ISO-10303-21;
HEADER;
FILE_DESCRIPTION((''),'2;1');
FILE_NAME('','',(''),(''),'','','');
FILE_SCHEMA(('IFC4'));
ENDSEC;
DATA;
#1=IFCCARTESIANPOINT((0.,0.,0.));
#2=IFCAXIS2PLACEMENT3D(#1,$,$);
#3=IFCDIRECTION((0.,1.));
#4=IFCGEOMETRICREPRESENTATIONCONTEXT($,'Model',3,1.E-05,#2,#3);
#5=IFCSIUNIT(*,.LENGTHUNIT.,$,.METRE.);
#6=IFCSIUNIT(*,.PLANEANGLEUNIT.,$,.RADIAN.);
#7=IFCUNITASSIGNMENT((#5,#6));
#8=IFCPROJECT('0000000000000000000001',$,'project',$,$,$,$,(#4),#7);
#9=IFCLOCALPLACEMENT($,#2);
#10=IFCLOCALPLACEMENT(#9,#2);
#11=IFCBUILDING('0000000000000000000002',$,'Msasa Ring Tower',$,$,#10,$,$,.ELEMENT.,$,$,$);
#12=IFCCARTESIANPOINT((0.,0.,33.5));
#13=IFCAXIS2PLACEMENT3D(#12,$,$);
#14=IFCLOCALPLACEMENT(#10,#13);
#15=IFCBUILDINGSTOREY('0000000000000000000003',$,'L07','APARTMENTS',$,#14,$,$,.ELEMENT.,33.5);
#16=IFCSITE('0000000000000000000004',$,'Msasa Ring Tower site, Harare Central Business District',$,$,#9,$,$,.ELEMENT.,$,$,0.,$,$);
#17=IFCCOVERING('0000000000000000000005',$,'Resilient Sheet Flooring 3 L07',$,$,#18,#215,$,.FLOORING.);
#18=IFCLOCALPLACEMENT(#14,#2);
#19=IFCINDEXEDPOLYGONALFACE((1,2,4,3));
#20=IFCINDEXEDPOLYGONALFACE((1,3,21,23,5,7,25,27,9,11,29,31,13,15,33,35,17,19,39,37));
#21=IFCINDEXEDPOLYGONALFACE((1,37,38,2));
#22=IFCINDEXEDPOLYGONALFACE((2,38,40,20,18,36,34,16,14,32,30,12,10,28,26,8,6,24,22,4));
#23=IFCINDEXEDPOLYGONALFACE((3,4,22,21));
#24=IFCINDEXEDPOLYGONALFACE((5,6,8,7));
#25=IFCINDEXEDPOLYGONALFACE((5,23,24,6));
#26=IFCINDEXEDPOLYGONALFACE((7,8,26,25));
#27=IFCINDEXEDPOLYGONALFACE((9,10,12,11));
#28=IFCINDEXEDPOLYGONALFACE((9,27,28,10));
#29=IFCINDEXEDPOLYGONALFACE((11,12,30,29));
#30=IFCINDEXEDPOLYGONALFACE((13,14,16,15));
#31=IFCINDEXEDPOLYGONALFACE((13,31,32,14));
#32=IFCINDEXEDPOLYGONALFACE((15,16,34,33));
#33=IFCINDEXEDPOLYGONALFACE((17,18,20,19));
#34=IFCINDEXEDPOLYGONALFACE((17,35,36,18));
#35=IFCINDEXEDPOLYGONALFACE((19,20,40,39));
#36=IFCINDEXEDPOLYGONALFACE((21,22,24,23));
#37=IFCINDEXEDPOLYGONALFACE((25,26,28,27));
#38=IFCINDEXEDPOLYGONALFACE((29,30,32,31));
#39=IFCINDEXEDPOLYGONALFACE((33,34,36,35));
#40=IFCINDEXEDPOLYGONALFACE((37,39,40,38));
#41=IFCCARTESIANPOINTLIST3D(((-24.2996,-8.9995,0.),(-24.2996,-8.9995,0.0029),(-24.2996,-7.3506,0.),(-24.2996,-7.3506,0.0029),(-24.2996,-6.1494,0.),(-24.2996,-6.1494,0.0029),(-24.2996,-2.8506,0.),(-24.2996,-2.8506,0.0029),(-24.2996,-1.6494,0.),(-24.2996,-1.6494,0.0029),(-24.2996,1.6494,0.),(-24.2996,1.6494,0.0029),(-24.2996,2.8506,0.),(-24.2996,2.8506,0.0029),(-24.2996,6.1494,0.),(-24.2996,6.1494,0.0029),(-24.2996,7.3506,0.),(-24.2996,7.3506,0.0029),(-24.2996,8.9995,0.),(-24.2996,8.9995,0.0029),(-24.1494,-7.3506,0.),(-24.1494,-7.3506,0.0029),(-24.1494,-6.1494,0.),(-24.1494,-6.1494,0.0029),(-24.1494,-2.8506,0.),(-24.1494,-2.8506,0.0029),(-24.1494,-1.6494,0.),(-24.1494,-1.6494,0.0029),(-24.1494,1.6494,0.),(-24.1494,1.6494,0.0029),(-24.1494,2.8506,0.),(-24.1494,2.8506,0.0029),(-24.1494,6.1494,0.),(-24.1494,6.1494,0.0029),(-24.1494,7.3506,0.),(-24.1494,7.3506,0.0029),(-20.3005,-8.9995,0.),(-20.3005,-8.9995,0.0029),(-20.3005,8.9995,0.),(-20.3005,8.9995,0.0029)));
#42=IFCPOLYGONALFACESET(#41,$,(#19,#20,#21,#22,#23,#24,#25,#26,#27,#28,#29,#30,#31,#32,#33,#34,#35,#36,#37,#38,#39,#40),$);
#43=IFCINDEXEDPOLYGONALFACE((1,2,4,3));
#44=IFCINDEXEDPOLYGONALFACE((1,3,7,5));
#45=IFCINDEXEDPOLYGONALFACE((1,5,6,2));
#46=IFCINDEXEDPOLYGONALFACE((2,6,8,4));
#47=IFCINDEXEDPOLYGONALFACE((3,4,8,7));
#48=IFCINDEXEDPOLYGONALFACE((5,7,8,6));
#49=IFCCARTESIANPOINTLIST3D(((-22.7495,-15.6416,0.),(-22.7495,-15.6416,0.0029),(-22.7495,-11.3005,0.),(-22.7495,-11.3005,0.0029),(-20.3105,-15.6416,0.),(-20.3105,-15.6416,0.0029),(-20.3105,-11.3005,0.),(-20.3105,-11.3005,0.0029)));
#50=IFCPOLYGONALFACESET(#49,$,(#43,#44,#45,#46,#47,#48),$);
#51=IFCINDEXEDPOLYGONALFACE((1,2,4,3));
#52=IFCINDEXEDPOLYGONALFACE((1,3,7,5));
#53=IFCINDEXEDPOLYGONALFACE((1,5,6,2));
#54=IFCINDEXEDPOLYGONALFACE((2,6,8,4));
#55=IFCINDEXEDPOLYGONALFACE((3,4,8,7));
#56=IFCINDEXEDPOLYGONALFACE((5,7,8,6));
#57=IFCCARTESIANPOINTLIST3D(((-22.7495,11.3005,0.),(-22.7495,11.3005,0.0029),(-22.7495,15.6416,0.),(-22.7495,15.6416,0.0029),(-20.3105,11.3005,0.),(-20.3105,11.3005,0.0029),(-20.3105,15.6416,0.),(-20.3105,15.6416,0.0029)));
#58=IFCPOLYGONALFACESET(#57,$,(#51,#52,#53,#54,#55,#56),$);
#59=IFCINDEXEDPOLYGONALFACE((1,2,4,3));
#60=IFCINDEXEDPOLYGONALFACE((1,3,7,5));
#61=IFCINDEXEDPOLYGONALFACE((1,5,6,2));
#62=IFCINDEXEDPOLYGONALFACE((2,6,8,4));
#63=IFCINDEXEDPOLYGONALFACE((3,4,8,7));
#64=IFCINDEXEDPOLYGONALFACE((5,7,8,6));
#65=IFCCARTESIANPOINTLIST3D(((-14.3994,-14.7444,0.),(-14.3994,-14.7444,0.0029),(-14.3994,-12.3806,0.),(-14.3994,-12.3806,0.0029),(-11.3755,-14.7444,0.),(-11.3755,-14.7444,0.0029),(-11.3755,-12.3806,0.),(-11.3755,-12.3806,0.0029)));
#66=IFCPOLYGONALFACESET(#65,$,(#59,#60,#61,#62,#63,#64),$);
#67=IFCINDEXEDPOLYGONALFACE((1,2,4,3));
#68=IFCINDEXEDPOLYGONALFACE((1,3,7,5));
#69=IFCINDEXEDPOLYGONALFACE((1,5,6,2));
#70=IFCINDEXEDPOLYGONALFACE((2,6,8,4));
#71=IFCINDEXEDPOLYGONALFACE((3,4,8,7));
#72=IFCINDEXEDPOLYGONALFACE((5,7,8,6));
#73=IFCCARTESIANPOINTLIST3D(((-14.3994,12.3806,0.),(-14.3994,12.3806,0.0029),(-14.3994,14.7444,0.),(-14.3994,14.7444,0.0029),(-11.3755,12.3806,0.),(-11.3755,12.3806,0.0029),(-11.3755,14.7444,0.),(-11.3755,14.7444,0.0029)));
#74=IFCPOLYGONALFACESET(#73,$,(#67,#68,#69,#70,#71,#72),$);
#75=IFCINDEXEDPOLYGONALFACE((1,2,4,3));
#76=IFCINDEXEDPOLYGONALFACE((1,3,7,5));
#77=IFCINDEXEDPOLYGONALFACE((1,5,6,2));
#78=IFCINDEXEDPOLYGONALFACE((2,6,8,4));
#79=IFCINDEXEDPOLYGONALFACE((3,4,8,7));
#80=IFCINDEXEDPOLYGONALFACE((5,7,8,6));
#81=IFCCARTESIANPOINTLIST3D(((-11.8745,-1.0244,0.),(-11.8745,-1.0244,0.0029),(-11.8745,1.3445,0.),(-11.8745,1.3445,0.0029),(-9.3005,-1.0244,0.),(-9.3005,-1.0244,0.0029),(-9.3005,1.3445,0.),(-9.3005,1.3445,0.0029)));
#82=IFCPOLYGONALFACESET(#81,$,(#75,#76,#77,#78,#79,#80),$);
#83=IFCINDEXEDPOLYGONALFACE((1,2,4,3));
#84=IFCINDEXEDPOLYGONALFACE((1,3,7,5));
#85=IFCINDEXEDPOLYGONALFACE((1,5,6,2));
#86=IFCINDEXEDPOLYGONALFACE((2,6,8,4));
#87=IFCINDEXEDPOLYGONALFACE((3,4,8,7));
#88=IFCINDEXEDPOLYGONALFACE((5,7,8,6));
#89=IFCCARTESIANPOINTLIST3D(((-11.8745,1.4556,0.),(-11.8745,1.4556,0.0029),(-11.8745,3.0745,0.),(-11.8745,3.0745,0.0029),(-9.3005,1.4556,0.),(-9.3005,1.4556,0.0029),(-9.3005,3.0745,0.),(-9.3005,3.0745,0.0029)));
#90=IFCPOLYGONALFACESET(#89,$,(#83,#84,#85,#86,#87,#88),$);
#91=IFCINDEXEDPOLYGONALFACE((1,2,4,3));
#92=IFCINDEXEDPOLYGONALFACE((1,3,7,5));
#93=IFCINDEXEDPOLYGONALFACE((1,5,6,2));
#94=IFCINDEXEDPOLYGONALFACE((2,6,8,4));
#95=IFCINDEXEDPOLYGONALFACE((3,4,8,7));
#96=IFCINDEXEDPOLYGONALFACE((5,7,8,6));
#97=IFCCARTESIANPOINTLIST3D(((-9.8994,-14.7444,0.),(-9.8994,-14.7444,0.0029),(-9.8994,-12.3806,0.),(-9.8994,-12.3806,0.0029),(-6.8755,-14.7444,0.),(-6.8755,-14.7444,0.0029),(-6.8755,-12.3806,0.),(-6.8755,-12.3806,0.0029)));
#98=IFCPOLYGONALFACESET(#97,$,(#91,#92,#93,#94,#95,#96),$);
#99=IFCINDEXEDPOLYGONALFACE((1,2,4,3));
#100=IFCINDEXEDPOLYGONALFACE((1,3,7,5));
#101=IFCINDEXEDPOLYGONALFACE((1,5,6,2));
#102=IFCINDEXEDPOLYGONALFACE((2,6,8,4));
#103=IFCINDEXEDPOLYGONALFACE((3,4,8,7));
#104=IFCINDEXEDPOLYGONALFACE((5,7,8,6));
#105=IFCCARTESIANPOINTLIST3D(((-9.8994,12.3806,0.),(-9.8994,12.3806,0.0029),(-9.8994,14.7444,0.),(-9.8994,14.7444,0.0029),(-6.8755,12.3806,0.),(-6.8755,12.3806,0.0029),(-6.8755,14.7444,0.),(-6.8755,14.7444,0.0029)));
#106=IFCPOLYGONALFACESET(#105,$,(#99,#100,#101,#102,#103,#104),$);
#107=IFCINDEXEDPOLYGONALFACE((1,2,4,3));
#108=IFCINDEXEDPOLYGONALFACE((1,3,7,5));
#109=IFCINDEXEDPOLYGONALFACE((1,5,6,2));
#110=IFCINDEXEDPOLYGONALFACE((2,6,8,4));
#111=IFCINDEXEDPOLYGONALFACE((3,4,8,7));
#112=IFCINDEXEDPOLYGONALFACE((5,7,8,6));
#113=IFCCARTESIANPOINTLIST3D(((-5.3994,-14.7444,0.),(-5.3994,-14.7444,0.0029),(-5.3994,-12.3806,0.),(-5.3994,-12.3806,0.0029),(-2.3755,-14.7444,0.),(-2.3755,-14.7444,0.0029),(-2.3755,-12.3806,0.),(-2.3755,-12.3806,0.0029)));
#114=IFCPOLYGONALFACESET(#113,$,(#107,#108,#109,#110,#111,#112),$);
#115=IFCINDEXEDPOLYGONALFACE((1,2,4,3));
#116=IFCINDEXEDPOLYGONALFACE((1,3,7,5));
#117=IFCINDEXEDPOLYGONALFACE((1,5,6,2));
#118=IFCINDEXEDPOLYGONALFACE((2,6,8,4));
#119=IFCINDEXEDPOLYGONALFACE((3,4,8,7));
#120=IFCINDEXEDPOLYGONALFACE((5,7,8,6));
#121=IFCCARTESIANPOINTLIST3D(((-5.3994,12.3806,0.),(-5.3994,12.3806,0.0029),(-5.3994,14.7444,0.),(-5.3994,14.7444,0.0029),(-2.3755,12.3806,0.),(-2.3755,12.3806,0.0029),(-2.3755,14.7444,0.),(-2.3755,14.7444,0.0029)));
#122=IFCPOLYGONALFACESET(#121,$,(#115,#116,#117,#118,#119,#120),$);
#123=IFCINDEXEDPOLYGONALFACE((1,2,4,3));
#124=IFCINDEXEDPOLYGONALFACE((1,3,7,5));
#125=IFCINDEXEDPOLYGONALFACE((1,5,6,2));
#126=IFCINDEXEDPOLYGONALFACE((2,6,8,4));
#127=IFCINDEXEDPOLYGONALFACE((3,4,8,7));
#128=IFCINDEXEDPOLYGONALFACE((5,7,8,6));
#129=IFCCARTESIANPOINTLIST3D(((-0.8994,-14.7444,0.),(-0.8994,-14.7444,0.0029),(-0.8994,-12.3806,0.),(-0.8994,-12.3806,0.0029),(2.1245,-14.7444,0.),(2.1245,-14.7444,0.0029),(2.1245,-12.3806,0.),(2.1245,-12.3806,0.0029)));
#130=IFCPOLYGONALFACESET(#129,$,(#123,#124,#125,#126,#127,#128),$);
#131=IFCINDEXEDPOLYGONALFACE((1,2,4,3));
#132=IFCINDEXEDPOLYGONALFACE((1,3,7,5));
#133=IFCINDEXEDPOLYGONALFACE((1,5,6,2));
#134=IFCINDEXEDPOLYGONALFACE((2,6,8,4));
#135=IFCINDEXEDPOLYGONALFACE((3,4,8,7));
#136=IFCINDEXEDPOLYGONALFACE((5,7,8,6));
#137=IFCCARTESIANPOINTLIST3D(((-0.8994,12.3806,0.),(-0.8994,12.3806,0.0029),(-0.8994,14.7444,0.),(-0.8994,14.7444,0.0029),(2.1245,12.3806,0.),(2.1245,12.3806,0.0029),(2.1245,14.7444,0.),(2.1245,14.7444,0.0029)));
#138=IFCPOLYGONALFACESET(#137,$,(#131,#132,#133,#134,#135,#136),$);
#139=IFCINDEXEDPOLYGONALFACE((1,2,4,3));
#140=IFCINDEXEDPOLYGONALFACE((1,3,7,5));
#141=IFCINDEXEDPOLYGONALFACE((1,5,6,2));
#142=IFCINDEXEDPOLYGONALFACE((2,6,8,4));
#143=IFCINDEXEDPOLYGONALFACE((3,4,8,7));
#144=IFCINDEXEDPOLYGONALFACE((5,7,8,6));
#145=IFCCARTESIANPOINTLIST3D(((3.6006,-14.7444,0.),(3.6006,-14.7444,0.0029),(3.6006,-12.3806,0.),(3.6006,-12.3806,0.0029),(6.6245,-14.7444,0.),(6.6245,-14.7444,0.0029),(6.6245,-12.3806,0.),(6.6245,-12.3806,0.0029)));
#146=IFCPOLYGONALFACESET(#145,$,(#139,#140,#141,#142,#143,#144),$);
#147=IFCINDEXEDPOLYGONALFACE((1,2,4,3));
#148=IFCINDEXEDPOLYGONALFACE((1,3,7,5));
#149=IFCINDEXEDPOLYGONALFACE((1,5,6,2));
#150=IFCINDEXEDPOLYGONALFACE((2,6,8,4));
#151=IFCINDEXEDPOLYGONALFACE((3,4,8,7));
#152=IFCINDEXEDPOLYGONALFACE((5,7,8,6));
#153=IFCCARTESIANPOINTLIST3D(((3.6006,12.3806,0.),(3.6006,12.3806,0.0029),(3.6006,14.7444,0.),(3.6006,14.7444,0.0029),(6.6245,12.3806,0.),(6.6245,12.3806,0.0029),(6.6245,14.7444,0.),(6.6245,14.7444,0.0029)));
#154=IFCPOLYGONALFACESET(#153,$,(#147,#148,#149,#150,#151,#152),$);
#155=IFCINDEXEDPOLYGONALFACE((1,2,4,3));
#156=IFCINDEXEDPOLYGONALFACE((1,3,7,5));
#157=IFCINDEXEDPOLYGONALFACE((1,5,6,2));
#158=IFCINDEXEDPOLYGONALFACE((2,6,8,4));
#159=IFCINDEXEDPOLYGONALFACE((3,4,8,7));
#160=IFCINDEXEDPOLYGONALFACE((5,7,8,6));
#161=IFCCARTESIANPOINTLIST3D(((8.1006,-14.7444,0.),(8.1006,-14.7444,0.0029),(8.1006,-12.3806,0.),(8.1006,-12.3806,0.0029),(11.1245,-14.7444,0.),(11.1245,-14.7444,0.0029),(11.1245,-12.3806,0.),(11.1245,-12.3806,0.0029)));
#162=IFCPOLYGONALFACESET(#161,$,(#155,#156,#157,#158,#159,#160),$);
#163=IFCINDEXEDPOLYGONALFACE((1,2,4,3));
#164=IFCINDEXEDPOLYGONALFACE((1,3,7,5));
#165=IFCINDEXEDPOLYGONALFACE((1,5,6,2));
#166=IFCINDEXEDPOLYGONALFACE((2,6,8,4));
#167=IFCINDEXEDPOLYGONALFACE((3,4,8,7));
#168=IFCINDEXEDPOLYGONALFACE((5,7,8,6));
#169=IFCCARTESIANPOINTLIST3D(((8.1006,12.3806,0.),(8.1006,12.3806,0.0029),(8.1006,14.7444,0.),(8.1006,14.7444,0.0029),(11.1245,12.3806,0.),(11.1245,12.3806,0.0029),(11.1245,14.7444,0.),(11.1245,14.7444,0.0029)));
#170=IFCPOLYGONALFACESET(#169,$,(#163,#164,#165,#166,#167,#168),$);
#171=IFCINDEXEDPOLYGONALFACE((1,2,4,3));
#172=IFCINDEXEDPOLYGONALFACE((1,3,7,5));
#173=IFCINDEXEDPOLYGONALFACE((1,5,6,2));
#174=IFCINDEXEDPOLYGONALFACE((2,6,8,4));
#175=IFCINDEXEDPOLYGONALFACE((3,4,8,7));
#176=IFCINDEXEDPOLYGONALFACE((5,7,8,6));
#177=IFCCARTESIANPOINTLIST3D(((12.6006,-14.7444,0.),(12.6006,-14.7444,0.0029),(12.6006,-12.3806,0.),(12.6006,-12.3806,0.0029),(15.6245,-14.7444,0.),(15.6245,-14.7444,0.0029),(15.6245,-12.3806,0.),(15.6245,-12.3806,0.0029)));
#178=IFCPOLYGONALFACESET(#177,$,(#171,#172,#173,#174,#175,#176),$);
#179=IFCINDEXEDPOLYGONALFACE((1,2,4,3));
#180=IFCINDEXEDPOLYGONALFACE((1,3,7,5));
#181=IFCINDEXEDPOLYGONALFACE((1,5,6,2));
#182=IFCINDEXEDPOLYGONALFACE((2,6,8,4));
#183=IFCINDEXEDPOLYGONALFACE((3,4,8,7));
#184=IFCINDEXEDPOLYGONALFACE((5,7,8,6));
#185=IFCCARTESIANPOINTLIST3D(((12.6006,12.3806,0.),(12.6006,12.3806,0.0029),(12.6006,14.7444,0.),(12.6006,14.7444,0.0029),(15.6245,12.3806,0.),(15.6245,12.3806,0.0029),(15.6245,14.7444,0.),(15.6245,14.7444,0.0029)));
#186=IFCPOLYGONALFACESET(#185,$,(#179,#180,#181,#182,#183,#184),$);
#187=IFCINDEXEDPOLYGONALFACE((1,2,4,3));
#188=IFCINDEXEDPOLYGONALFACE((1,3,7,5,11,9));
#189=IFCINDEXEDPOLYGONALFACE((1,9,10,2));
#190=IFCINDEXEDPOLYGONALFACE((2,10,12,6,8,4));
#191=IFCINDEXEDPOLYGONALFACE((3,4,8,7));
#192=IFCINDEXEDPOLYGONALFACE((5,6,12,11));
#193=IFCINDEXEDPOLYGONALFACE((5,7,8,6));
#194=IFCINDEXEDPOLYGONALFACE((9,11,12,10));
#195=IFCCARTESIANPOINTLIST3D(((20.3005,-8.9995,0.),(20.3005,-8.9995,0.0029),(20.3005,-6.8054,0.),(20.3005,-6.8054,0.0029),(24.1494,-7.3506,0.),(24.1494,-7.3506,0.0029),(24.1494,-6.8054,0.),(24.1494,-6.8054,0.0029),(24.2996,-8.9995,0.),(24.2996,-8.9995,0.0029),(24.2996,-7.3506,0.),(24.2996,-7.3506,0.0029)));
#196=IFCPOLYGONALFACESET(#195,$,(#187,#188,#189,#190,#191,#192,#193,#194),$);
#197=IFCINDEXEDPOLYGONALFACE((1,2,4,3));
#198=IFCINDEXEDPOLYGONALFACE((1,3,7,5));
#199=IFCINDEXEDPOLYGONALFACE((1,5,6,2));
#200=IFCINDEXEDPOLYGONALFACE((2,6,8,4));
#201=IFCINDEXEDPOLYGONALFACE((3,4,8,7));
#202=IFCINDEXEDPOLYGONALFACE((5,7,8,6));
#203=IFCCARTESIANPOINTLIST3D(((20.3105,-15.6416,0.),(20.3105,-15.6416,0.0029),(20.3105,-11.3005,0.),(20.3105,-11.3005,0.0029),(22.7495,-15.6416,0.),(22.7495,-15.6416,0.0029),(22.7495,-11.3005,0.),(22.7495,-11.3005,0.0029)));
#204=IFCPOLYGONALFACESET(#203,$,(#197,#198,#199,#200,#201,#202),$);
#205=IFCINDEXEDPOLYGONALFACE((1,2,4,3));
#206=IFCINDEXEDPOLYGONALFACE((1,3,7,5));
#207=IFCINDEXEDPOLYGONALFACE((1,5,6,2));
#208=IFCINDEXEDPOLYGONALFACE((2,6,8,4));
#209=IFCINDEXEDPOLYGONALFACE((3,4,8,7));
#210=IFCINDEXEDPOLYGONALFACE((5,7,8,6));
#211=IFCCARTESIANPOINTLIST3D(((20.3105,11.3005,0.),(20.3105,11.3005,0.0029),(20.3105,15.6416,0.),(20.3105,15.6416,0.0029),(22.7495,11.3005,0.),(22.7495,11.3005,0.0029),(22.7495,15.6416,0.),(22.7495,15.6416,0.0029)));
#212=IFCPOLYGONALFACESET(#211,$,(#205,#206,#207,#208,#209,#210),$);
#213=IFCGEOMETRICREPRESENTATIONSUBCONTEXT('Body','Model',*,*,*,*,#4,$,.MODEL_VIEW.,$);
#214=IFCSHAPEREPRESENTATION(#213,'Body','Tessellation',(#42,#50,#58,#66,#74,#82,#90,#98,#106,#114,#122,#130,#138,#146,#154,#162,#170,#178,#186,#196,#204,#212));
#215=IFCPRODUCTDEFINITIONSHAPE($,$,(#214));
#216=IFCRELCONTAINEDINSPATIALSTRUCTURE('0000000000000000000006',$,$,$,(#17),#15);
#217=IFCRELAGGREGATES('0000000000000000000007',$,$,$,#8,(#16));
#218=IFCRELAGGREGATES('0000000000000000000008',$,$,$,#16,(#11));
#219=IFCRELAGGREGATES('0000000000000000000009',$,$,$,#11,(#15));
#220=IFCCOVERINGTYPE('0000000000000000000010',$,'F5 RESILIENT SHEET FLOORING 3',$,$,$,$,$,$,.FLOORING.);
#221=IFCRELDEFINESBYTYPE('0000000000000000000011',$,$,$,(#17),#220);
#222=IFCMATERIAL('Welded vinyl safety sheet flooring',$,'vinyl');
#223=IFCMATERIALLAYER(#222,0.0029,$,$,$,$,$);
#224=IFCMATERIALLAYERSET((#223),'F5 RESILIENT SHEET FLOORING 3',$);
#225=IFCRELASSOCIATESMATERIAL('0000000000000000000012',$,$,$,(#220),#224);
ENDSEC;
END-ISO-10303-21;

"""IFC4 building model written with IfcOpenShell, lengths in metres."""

from ifc_helpers import new_model, si_unit, direction, frame, origin, place, context, subcontext, project, spatial, line, indexed_curve, outline, extrude, material, layer, layer_set, type_object, element, save


model = new_model("IFC4")

# Units and contexts
model_context = context("Model", 3, precision=1e-05, world=origin(), true_north=direction((0.0, 1.0)))
body_context = subcontext(model_context, "Body", "Model", "MODEL_VIEW")
ifc_project = project(units=[si_unit("LENGTHUNIT", "METRE"), si_unit("PLANEANGLEUNIT", "RADIAN")], contexts=[model_context])

# Site, building, storey
site_placement = place(None, origin())
site = spatial("IfcSite", under=ifc_project, at=site_placement, Name="Msasa Ring Tower site, Harare Central Business District", CompositionType="ELEMENT", RefElevation=0.0)
building_placement = place(site_placement, origin())
building = spatial("IfcBuilding", under=site, at=building_placement, Name="Msasa Ring Tower", CompositionType="ELEMENT")
storey_placement = place(building_placement, frame((0.0, 0.0, 33.5)))
storey = spatial("IfcBuildingStorey", under=building, at=storey_placement, Name="L07", Description="APARTMENTS", CompositionType="ELEMENT", Elevation=33.5)

# Covering
ifc_material_1 = material(Name="Welded vinyl safety sheet flooring", Category="vinyl")
ifc_layer_1 = layer(ifc_material_1, 0.0029)
ifc_layer_set_1 = layer_set([ifc_layer_1], Name="F5 RESILIENT SHEET FLOORING 3")
covering_type_1 = type_object("IfcCoveringType", Name="F5 RESILIENT SHEET FLOORING 3", PredefinedType="FLOORING", material=ifc_layer_set_1)
covering_1_placement = place(storey_placement, origin())
element("IfcCovering", 1, at=covering_1_placement, inside=storey, type_object=covering_type_1, Name="Resilient Sheet Flooring 3 L07", PredefinedType="FLOORING", context=body_context, shape_type="SweptSolid", body=[
    extrude(outline(indexed_curve([(-24.2996, -7.3506), (-24.1494, -7.3506), (-24.1494, -6.1494), (-24.2996, -6.1494), (-24.2996, -2.8506), (-24.1494, -2.8506), (-24.1494, -1.6494), (-24.2996, -1.6494), (-24.2996, 1.6494), (-24.1494, 1.6494), (-24.1494, 2.8506), (-24.2996, 2.8506), (-24.2996, 6.1494), (-24.1494, 6.1494), (-24.1494, 7.3506), (-24.2996, 7.3506), (-24.2996, 8.9995), (-20.3005, 8.9995), (-20.3005, -8.9995), (-24.2996, -8.9995)], segments=[line(1, 2, 3, 4, 5, 6, 7, 8, 9, 10, 11, 12, 13, 14, 15, 16, 17, 18, 19, 20, 1)], self_intersect=False)), origin(), (0.0, 0.0, 1.0), 0.0029),
    extrude(outline(indexed_curve([(-20.3105, -15.6416), (-22.7495, -15.6416), (-22.7495, -11.3005), (-20.3105, -11.3005)], segments=[line(1, 2, 3, 4, 1)], self_intersect=False)), origin(), (0.0, 0.0, 1.0), 0.0029),
    extrude(outline(indexed_curve([(-20.3105, 11.3005), (-22.7495, 11.3005), (-22.7495, 15.6416), (-20.3105, 15.6416)], segments=[line(1, 2, 3, 4, 1)], self_intersect=False)), origin(), (0.0, 0.0, 1.0), 0.0029),
    extrude(outline(indexed_curve([(-11.3755, -12.3806), (-11.3755, -14.7444), (-14.3994, -14.7444), (-14.3994, -12.3806)], segments=[line(1, 2, 3, 4, 1)], self_intersect=False)), origin(), (0.0, 0.0, 1.0), 0.0029),
    extrude(outline(indexed_curve([(-11.3755, 14.7444), (-11.3755, 12.3806), (-14.3994, 12.3806), (-14.3994, 14.7444)], segments=[line(1, 2, 3, 4, 1)], self_intersect=False)), origin(), (0.0, 0.0, 1.0), 0.0029),
    extrude(outline(indexed_curve([(-9.3005, 1.3445), (-9.3005, -1.0244), (-11.8745, -1.0244), (-11.8745, 1.3445)], segments=[line(1, 2, 3, 4, 1)], self_intersect=False)), origin(), (0.0, 0.0, 1.0), 0.0029),
    extrude(outline(indexed_curve([(-9.3005, 1.4556), (-11.8745, 1.4556), (-11.8745, 3.0745), (-9.3005, 3.0745)], segments=[line(1, 2, 3, 4, 1)], self_intersect=False)), origin(), (0.0, 0.0, 1.0), 0.0029),
    extrude(outline(indexed_curve([(-6.8755, -12.3806), (-6.8755, -14.7444), (-9.8994, -14.7444), (-9.8994, -12.3806)], segments=[line(1, 2, 3, 4, 1)], self_intersect=False)), origin(), (0.0, 0.0, 1.0), 0.0029),
    extrude(outline(indexed_curve([(-9.8994, 12.3806), (-9.8994, 14.7444), (-6.8755, 14.7444), (-6.8755, 12.3806)], segments=[line(1, 2, 3, 4, 1)], self_intersect=False)), origin(), (0.0, 0.0, 1.0), 0.0029),
    extrude(outline(indexed_curve([(-2.3755, -12.3806), (-2.3755, -14.7444), (-5.3994, -14.7444), (-5.3994, -12.3806)], segments=[line(1, 2, 3, 4, 1)], self_intersect=False)), origin(), (0.0, 0.0, 1.0), 0.0029),
    extrude(outline(indexed_curve([(-5.3994, 12.3806), (-5.3994, 14.7444), (-2.3755, 14.7444), (-2.3755, 12.3806)], segments=[line(1, 2, 3, 4, 1)], self_intersect=False)), origin(), (0.0, 0.0, 1.0), 0.0029),
    extrude(outline(indexed_curve([(2.1245, -12.3806), (2.1245, -14.7444), (-0.8994, -14.7444), (-0.8994, -12.3806)], segments=[line(1, 2, 3, 4, 1)], self_intersect=False)), origin(), (0.0, 0.0, 1.0), 0.0029),
    extrude(outline(indexed_curve([(-0.8994, 12.3806), (-0.8994, 14.7444), (2.1245, 14.7444), (2.1245, 12.3806)], segments=[line(1, 2, 3, 4, 1)], self_intersect=False)), origin(), (0.0, 0.0, 1.0), 0.0029),
    extrude(outline(indexed_curve([(6.6245, -12.3806), (6.6245, -14.7444), (3.6006, -14.7444), (3.6006, -12.3806)], segments=[line(1, 2, 3, 4, 1)], self_intersect=False)), origin(), (0.0, 0.0, 1.0), 0.0029),
    extrude(outline(indexed_curve([(6.6245, 14.7444), (6.6245, 12.3806), (3.6006, 12.3806), (3.6006, 14.7444)], segments=[line(1, 2, 3, 4, 1)], self_intersect=False)), origin(), (0.0, 0.0, 1.0), 0.0029),
    extrude(outline(indexed_curve([(11.1245, -12.3806), (11.1245, -14.7444), (8.1006, -14.7444), (8.1006, -12.3806)], segments=[line(1, 2, 3, 4, 1)], self_intersect=False)), origin(), (0.0, 0.0, 1.0), 0.0029),
    extrude(outline(indexed_curve([(8.1006, 12.3806), (8.1006, 14.7444), (11.1245, 14.7444), (11.1245, 12.3806)], segments=[line(1, 2, 3, 4, 1)], self_intersect=False)), origin(), (0.0, 0.0, 1.0), 0.0029),
    extrude(outline(indexed_curve([(12.6006, -14.7444), (12.6006, -12.3806), (15.6245, -12.3806), (15.6245, -14.7444)], segments=[line(1, 2, 3, 4, 1)], self_intersect=False)), origin(), (0.0, 0.0, 1.0), 0.0029),
    extrude(outline(indexed_curve([(12.6006, 12.3806), (12.6006, 14.7444), (15.6245, 14.7444), (15.6245, 12.3806)], segments=[line(1, 2, 3, 4, 1)], self_intersect=False)), origin(), (0.0, 0.0, 1.0), 0.0029),
    extrude(outline(indexed_curve([(20.3005, -6.8054), (24.1494, -6.8054), (24.1494, -7.3506), (24.2996, -7.3506), (24.2996, -8.9995), (20.3005, -8.9995)], segments=[line(1, 2, 3, 4, 5, 6, 1)], self_intersect=False)), origin(), (0.0, 0.0, 1.0), 0.0029),
    extrude(outline(indexed_curve([(22.7495, -15.6416), (20.3105, -15.6416), (20.3105, -11.3005), (22.7495, -11.3005)], segments=[line(1, 2, 3, 4, 1)], self_intersect=False)), origin(), (0.0, 0.0, 1.0), 0.0029),
    extrude(outline(indexed_curve([(22.7495, 11.3005), (20.3105, 11.3005), (20.3105, 15.6416), (22.7495, 15.6416)], segments=[line(1, 2, 3, 4, 1)], self_intersect=False)), origin(), (0.0, 0.0, 1.0), 0.0029),
])

save(model, "model.ifc")
